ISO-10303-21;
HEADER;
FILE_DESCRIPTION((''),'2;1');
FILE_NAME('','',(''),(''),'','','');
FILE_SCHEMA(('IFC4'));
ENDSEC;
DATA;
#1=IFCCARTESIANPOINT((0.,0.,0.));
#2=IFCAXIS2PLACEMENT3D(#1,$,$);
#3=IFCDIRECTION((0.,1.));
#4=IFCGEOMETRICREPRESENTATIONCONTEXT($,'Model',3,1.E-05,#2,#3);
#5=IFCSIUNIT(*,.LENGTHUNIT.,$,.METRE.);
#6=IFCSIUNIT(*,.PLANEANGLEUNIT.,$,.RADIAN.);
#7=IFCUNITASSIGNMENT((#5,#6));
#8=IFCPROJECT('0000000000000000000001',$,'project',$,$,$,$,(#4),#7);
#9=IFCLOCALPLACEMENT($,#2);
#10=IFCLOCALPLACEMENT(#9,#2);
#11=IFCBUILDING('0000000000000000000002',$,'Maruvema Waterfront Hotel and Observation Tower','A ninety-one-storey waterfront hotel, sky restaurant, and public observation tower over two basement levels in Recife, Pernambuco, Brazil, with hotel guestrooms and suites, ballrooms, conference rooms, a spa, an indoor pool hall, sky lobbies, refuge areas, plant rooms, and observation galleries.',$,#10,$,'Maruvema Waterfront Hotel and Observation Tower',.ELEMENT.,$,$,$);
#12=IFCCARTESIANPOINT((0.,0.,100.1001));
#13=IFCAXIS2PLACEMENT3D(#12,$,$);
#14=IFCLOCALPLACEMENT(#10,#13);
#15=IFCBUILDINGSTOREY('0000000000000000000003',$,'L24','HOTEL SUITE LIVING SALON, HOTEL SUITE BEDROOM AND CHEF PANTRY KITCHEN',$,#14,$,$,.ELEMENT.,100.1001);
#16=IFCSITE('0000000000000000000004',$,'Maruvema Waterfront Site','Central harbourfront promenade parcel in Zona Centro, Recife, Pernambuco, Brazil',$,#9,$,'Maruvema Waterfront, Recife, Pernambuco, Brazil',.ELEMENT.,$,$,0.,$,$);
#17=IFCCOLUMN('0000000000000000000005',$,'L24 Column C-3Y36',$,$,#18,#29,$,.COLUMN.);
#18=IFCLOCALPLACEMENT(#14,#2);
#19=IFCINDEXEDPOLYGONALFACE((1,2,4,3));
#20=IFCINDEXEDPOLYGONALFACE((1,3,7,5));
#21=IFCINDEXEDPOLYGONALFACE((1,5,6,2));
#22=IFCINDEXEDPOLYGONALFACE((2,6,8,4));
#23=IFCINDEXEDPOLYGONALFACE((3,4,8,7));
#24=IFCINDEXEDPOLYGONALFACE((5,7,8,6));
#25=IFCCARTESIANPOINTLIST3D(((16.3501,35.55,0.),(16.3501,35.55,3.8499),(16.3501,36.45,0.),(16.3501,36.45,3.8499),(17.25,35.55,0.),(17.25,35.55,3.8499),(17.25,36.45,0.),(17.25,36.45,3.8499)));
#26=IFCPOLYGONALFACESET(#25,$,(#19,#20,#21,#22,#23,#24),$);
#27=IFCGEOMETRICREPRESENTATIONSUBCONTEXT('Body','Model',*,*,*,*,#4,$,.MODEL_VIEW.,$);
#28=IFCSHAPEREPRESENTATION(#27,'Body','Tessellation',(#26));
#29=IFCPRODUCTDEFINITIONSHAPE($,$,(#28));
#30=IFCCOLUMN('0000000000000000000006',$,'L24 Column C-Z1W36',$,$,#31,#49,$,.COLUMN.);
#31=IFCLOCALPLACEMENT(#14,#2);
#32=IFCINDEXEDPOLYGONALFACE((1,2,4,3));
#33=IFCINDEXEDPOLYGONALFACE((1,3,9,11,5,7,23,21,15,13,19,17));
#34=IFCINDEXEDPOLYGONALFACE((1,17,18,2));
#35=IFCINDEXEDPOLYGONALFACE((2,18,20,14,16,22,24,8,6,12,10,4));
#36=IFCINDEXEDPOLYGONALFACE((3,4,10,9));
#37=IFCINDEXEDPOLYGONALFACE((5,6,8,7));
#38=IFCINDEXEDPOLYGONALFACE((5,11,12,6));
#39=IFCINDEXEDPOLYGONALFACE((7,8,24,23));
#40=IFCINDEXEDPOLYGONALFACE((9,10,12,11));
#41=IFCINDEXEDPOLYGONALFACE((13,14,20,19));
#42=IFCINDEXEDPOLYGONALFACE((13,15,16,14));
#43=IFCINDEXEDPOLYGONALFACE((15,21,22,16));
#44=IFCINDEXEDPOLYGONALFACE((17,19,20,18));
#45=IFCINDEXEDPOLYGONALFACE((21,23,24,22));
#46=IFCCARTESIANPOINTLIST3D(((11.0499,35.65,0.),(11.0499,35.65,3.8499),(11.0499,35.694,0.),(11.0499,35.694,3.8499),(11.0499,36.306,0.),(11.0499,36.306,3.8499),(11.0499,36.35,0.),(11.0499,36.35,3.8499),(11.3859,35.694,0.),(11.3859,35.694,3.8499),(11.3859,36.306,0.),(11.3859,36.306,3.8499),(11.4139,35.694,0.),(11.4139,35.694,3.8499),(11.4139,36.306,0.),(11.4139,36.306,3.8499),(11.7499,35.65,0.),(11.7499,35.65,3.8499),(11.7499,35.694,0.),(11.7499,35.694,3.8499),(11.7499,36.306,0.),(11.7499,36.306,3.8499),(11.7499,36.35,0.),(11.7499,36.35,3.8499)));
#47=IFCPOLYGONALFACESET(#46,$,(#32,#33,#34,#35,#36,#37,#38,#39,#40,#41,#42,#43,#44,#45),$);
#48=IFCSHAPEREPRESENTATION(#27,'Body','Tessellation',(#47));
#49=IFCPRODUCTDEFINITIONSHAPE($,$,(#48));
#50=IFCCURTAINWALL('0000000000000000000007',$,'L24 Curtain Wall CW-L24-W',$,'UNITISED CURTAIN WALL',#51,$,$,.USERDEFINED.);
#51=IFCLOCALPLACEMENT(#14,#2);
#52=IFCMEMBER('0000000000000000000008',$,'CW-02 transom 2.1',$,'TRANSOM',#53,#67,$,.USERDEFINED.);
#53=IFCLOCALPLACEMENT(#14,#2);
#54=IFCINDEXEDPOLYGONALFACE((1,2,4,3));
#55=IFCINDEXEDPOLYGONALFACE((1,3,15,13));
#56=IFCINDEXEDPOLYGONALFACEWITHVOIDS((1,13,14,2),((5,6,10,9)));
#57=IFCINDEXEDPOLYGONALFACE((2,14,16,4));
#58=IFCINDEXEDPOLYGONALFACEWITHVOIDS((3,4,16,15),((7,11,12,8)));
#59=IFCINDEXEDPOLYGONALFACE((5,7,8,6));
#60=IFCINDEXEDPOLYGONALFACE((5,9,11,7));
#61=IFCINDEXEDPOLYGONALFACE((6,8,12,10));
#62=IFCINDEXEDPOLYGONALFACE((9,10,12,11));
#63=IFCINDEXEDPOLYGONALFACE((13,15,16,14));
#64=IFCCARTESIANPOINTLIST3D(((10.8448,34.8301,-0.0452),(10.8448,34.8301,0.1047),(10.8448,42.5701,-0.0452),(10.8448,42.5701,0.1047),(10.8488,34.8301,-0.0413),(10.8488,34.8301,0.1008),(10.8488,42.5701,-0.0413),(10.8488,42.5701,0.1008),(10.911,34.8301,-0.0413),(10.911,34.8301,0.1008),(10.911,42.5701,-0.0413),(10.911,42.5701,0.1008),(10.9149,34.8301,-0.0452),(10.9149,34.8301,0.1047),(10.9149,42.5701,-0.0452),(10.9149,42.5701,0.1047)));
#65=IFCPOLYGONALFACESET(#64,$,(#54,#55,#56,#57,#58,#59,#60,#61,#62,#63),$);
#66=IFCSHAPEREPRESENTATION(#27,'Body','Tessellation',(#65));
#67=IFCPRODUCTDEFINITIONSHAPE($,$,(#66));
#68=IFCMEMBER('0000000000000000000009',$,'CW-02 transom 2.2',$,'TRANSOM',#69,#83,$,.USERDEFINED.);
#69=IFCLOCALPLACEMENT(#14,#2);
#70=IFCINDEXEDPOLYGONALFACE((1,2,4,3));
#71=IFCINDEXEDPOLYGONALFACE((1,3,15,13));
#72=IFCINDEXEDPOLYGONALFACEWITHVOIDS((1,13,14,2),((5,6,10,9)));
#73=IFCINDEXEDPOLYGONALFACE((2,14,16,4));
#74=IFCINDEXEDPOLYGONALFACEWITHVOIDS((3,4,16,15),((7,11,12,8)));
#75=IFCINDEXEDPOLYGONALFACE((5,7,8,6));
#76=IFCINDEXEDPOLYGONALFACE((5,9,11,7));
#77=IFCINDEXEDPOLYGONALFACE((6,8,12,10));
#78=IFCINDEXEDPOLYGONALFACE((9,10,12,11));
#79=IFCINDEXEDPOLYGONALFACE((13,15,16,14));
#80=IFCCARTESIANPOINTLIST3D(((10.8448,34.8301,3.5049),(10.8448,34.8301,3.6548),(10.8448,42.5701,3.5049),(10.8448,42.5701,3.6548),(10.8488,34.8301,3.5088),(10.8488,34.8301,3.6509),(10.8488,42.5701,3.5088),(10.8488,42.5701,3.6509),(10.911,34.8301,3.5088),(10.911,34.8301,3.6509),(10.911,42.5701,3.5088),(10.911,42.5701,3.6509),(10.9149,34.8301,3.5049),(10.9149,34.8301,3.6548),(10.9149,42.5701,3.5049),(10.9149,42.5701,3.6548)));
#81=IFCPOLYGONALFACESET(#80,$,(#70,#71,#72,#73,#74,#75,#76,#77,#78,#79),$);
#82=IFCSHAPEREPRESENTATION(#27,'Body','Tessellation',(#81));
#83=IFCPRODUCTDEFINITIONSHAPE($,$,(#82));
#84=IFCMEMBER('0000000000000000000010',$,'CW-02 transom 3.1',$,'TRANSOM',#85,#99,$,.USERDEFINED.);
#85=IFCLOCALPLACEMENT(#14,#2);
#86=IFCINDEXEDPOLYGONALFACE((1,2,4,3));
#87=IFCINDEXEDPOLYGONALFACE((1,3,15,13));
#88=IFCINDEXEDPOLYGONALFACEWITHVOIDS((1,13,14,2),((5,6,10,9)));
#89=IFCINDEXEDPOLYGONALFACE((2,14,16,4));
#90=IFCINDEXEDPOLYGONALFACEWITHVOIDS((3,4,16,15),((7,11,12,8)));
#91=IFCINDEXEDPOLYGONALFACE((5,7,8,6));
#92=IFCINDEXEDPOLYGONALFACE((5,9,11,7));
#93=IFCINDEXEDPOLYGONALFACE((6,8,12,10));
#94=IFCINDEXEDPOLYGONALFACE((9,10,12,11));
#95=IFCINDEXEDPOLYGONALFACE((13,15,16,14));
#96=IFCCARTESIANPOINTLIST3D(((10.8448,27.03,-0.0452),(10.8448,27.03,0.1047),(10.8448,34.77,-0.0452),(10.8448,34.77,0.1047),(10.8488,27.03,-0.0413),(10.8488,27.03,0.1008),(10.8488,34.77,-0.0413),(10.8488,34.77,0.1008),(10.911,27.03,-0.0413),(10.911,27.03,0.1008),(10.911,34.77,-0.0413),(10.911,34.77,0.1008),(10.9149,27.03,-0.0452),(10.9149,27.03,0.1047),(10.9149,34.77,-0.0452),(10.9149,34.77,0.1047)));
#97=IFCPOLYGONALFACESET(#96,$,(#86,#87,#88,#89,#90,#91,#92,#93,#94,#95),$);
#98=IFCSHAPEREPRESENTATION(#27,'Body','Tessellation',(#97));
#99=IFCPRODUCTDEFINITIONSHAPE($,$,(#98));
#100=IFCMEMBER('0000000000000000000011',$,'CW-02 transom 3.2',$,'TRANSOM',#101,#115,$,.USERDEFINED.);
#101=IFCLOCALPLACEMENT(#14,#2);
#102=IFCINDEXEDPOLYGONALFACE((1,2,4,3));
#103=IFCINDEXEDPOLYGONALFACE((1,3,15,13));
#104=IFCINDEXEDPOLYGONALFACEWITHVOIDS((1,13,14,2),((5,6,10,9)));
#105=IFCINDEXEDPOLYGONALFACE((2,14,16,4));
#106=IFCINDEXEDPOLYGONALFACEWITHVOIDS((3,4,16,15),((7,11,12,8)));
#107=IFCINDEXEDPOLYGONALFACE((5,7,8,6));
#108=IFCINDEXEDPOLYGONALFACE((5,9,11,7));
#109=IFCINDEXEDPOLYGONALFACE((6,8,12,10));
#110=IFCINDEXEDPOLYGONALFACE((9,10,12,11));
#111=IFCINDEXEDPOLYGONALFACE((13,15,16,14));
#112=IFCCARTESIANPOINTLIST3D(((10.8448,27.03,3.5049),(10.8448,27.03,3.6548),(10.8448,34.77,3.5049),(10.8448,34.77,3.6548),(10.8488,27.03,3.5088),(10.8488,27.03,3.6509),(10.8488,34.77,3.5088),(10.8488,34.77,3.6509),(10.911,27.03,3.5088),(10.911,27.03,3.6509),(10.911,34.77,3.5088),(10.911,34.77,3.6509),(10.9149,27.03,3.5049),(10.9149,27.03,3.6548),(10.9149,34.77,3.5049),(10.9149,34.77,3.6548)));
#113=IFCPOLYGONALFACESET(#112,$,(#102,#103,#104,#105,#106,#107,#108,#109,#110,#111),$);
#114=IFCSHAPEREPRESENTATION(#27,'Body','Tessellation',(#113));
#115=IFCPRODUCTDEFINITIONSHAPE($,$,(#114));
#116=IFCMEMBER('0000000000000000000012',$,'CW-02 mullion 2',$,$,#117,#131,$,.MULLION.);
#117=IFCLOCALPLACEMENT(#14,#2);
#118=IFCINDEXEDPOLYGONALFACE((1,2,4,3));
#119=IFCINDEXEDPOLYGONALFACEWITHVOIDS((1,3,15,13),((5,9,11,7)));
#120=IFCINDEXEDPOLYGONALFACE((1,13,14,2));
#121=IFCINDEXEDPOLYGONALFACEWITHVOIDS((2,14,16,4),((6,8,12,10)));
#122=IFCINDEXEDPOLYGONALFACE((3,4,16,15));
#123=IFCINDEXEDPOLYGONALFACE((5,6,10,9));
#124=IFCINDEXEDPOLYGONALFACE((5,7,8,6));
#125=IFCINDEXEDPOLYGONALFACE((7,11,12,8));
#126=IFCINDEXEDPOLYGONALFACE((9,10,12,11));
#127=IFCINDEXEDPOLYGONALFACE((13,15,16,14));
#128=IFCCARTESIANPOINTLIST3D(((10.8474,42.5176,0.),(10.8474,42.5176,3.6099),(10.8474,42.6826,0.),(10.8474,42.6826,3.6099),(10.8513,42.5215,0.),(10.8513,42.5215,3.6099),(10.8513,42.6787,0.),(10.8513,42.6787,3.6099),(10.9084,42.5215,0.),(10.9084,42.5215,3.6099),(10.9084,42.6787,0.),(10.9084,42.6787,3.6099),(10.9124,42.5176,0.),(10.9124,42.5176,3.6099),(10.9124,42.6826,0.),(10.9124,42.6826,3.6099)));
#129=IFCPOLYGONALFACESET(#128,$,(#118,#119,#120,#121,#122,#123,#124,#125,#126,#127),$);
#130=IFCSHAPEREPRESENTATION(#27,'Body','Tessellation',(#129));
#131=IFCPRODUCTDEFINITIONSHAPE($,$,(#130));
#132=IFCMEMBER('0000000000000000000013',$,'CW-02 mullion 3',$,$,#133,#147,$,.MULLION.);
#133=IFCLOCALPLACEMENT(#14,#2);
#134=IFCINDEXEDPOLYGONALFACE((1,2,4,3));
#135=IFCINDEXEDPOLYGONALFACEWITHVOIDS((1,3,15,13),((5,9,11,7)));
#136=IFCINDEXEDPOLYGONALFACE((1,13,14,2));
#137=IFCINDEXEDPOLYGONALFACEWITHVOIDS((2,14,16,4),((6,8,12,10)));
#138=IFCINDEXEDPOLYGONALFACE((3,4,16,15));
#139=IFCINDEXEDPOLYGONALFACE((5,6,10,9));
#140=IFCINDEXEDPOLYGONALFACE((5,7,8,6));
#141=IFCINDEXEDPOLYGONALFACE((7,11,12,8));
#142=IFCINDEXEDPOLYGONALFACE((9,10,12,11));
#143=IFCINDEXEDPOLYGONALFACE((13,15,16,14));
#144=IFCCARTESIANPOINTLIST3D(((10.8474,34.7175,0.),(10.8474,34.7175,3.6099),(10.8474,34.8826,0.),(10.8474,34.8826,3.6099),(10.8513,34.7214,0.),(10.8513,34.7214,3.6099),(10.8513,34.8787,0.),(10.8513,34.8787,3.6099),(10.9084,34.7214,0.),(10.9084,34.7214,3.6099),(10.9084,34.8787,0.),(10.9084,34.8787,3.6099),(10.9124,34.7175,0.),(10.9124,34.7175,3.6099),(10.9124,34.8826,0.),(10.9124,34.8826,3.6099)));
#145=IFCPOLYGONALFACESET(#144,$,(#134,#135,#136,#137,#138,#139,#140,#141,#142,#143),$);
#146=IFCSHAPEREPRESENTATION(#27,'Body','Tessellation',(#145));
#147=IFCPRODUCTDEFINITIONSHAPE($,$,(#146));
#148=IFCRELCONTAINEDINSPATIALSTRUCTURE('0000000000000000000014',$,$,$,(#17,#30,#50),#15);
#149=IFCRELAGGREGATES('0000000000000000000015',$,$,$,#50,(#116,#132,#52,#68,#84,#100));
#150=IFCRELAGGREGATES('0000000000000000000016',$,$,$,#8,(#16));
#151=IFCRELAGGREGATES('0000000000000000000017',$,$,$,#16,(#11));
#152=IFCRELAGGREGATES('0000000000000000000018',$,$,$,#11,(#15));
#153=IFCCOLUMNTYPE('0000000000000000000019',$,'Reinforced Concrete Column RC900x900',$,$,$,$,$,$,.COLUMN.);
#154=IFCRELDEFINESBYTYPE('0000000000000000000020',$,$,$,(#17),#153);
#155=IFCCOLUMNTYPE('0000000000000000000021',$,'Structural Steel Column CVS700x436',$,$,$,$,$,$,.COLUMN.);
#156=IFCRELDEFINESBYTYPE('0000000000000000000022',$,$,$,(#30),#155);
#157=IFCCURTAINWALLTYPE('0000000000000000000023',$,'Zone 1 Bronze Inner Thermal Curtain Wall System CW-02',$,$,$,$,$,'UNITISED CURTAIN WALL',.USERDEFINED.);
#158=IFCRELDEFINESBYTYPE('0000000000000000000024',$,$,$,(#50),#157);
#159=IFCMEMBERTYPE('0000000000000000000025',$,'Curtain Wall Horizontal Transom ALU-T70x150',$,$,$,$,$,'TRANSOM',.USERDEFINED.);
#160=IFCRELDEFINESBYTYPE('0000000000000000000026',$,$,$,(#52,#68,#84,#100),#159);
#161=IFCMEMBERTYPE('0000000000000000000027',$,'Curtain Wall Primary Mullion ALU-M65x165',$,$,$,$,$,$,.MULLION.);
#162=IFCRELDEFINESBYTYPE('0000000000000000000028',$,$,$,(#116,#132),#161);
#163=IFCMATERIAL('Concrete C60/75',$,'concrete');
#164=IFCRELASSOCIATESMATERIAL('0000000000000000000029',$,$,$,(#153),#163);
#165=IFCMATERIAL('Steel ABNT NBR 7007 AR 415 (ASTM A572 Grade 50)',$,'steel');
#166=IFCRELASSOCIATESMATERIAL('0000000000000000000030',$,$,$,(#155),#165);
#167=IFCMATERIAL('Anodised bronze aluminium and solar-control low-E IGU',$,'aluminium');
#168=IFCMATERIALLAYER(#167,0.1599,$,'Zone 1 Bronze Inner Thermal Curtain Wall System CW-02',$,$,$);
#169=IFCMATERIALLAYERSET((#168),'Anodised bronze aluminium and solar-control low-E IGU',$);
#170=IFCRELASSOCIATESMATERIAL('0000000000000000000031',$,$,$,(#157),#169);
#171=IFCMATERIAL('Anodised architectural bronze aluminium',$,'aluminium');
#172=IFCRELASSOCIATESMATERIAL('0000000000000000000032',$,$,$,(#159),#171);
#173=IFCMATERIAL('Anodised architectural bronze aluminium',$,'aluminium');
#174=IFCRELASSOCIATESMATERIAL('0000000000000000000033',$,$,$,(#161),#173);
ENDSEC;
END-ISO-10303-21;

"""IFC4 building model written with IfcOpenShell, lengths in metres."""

from ifc_helpers import new_model, si_unit, direction, frame, origin, origin_2d, place, context, subcontext, project, spatial, rectangle, hollow_rectangle, i_section, extrude, material, layer, layer_set, material_profile, profile_set, type_object, element, aggregate, save


model = new_model("IFC4")

# Units and contexts
model_context = context("Model", 3, precision=1e-05, world=origin(), true_north=direction((0.0, 1.0)))
body_context = subcontext(model_context, "Body", "Model", "MODEL_VIEW")
ifc_project = project(units=[si_unit("LENGTHUNIT", "METRE"), si_unit("PLANEANGLEUNIT", "RADIAN")], contexts=[model_context])

# Site, building, storey
site_placement = place(None, origin())
site = spatial("IfcSite", under=ifc_project, at=site_placement, Name="Maruvema Waterfront Site", Description="Central harbourfront promenade parcel in Zona Centro, Recife, Pernambuco, Brazil", LongName="Maruvema Waterfront, Recife, Pernambuco, Brazil", CompositionType="ELEMENT", RefElevation=0.0)
building_placement = place(site_placement, origin())
building = spatial("IfcBuilding", under=site, at=building_placement, Name="Maruvema Waterfront Hotel and Observation Tower", Description="A ninety-one-storey waterfront hotel, sky restaurant, and public observation tower over two basement levels in Recife, Pernambuco, Brazil, with hotel guestrooms and suites, ballrooms, conference rooms, a spa, an indoor pool hall, sky lobbies, refuge areas, plant rooms, and observation galleries.", LongName="Maruvema Waterfront Hotel and Observation Tower", CompositionType="ELEMENT")
storey_placement = place(building_placement, frame((0.0, 0.0, 100.1001)))
storey = spatial("IfcBuildingStorey", under=building, at=storey_placement, Name="L24", Description="HOTEL SUITE LIVING SALON, HOTEL SUITE BEDROOM AND CHEF PANTRY KITCHEN", CompositionType="ELEMENT", Elevation=100.1001)

# Columns
ifc_material_1 = material(Name="Concrete C60/75", Category="concrete")
ifc_material_profile_1 = material_profile(ifc_material_1, rectangle(XDim=0.8999, YDim=0.8999, at=origin_2d()), Name="RC900x900")
ifc_profile_set_1 = profile_set([ifc_material_profile_1], Name="Concrete C60/75")
column_type_1 = type_object("IfcColumnType", Name="Reinforced Concrete Column RC900x900", PredefinedType="COLUMN", material=ifc_profile_set_1)
column_1_placement = place(storey_placement, frame((16.8, 36.0, 0.0), z_axis=(0.0, 0.0, 1.0), x_axis=(1.0, 0.0, 0.0)))
element("IfcColumn", 1, at=column_1_placement, inside=storey, type_object=column_type_1, Name="L24 Column C-3Y36", PredefinedType="COLUMN", context=body_context, shape_type="SweptSolid", body=[
    extrude(rectangle(XDim=0.8999, YDim=0.8999, at=origin_2d()), origin(), (0.0, 0.0, 1.0), 3.8499),
])
ifc_material_2 = material(Name="Steel ABNT NBR 7007 AR 415 (ASTM A572 Grade 50)", Category="steel")
ifc_material_profile_2 = material_profile(ifc_material_2, i_section(OverallWidth=0.7, OverallDepth=0.7, WebThickness=0.0281, FlangeThickness=0.0439, at=origin_2d()), Name="CVS700x436")
ifc_profile_set_2 = profile_set([ifc_material_profile_2], Name="Steel ABNT NBR 7007 AR 415 (ASTM A572 Grade 50)")
column_type_2 = type_object("IfcColumnType", Name="Structural Steel Column CVS700x436", PredefinedType="COLUMN", material=ifc_profile_set_2)
column_2_placement = place(storey_placement, frame((11.3999, 36.0, 0.0), z_axis=(0.0, 0.0, 1.0), x_axis=(1.0, 0.0, 0.0)))
element("IfcColumn", 2, at=column_2_placement, inside=storey, type_object=column_type_2, Name="L24 Column C-Z1W36", PredefinedType="COLUMN", context=body_context, shape_type="SweptSolid", body=[
    extrude(i_section(OverallWidth=0.7, OverallDepth=0.7, WebThickness=0.0281, FlangeThickness=0.0439, at=origin_2d()), origin(), (0.0, 0.0, 1.0), 3.8499),
])

# Curtain wall, members
ifc_material_3 = material(Name="Anodised bronze aluminium and solar-control low-E IGU", Category="aluminium")
ifc_layer_1 = layer(ifc_material_3, 0.1599, Name="Zone 1 Bronze Inner Thermal Curtain Wall System CW-02")
ifc_layer_set_1 = layer_set([ifc_layer_1], Name="Anodised bronze aluminium and solar-control low-E IGU")
curtain_wall_type = type_object("IfcCurtainWallType", Name="Zone 1 Bronze Inner Thermal Curtain Wall System CW-02", ElementType="UNITISED CURTAIN WALL", PredefinedType="USERDEFINED", material=ifc_layer_set_1)
curtain_wall_placement = place(storey_placement, origin())
curtain_wall = element("IfcCurtainWall", 3, at=curtain_wall_placement, inside=storey, type_object=curtain_wall_type, Name="L24 Curtain Wall CW-L24-W", ObjectType="UNITISED CURTAIN WALL", PredefinedType="USERDEFINED")
ifc_material_4 = material(Name="Anodised architectural bronze aluminium", Category="aluminium")
ifc_material_profile_3 = material_profile(ifc_material_4, hollow_rectangle(XDim=0.0701, YDim=0.1499, WallThickness=0.0039, at=origin_2d()), Name="ALU-T70x150")
ifc_profile_set_3 = profile_set([ifc_material_profile_3], Name="Anodised architectural bronze aluminium")
member_type_1 = type_object("IfcMemberType", Name="Curtain Wall Horizontal Transom ALU-T70x150", ElementType="TRANSOM", PredefinedType="USERDEFINED", material=ifc_profile_set_3)
member_1_placement = place(storey_placement, frame((10.8799, 42.5701, 0.0298), z_axis=(0.0, -1.0, 0.0), x_axis=(1.0, 0.0, 0.0)))
member_1 = element("IfcMember", 4, at=member_1_placement, type_object=member_type_1, Name="CW-02 transom 2.1", ObjectType="TRANSOM", PredefinedType="USERDEFINED", context=body_context, shape_type="SweptSolid", body=[
    extrude(hollow_rectangle(XDim=0.0701, YDim=0.1499, WallThickness=0.0039, at=origin_2d()), origin(), (0.0, 0.0, 1.0), 7.74),
])
member_2_placement = place(storey_placement, frame((10.8799, 42.5701, 3.5798), z_axis=(0.0, -1.0, 0.0), x_axis=(1.0, 0.0, 0.0)))
member_2 = element("IfcMember", 5, at=member_2_placement, type_object=member_type_1, Name="CW-02 transom 2.2", ObjectType="TRANSOM", PredefinedType="USERDEFINED", context=body_context, shape_type="SweptSolid", body=[
    extrude(hollow_rectangle(XDim=0.0701, YDim=0.1499, WallThickness=0.0039, at=origin_2d()), origin(), (0.0, 0.0, 1.0), 7.74),
])
member_3_placement = place(storey_placement, frame((10.8799, 34.77, 0.0298), z_axis=(0.0, -1.0, 0.0), x_axis=(1.0, 0.0, 0.0)))
member_3 = element("IfcMember", 6, at=member_3_placement, type_object=member_type_1, Name="CW-02 transom 3.1", ObjectType="TRANSOM", PredefinedType="USERDEFINED", context=body_context, shape_type="SweptSolid", body=[
    extrude(hollow_rectangle(XDim=0.0701, YDim=0.1499, WallThickness=0.0039, at=origin_2d()), origin(), (0.0, 0.0, 1.0), 7.74),
])
member_4_placement = place(storey_placement, frame((10.8799, 34.77, 3.5798), z_axis=(0.0, -1.0, 0.0), x_axis=(1.0, 0.0, 0.0)))
member_4 = element("IfcMember", 7, at=member_4_placement, type_object=member_type_1, Name="CW-02 transom 3.2", ObjectType="TRANSOM", PredefinedType="USERDEFINED", context=body_context, shape_type="SweptSolid", body=[
    extrude(hollow_rectangle(XDim=0.0701, YDim=0.1499, WallThickness=0.0039, at=origin_2d()), origin(), (0.0, 0.0, 1.0), 7.74),
])
ifc_material_5 = material(Name="Anodised architectural bronze aluminium", Category="aluminium")
ifc_material_profile_4 = material_profile(ifc_material_5, hollow_rectangle(XDim=0.0649, YDim=0.165, WallThickness=0.0039, at=origin_2d()), Name="ALU-M65x165")
ifc_profile_set_4 = profile_set([ifc_material_profile_4], Name="Anodised architectural bronze aluminium")
member_type_2 = type_object("IfcMemberType", Name="Curtain Wall Primary Mullion ALU-M65x165", PredefinedType="MULLION", material=ifc_profile_set_4)
member_5_placement = place(storey_placement, frame((10.8799, 42.6001, 0.0), z_axis=(0.0, 0.0, 1.0), x_axis=(1.0, 0.0, 0.0)))
member_5 = element("IfcMember", 8, at=member_5_placement, type_object=member_type_2, Name="CW-02 mullion 2", PredefinedType="MULLION", context=body_context, shape_type="SweptSolid", body=[
    extrude(hollow_rectangle(XDim=0.0649, YDim=0.165, WallThickness=0.0039, at=origin_2d()), origin(), (0.0, 0.0, 1.0), 3.6099),
])
member_6_placement = place(storey_placement, frame((10.8799, 34.8, 0.0), z_axis=(0.0, 0.0, 1.0), x_axis=(1.0, 0.0, 0.0)))
member_6 = element("IfcMember", 9, at=member_6_placement, type_object=member_type_2, Name="CW-02 mullion 3", PredefinedType="MULLION", context=body_context, shape_type="SweptSolid", body=[
    extrude(hollow_rectangle(XDim=0.0649, YDim=0.165, WallThickness=0.0039, at=origin_2d()), origin(), (0.0, 0.0, 1.0), 3.6099),
])

aggregate(curtain_wall, [member_5, member_6, member_1, member_2, member_3, member_4])

save(model, "model.ifc")
